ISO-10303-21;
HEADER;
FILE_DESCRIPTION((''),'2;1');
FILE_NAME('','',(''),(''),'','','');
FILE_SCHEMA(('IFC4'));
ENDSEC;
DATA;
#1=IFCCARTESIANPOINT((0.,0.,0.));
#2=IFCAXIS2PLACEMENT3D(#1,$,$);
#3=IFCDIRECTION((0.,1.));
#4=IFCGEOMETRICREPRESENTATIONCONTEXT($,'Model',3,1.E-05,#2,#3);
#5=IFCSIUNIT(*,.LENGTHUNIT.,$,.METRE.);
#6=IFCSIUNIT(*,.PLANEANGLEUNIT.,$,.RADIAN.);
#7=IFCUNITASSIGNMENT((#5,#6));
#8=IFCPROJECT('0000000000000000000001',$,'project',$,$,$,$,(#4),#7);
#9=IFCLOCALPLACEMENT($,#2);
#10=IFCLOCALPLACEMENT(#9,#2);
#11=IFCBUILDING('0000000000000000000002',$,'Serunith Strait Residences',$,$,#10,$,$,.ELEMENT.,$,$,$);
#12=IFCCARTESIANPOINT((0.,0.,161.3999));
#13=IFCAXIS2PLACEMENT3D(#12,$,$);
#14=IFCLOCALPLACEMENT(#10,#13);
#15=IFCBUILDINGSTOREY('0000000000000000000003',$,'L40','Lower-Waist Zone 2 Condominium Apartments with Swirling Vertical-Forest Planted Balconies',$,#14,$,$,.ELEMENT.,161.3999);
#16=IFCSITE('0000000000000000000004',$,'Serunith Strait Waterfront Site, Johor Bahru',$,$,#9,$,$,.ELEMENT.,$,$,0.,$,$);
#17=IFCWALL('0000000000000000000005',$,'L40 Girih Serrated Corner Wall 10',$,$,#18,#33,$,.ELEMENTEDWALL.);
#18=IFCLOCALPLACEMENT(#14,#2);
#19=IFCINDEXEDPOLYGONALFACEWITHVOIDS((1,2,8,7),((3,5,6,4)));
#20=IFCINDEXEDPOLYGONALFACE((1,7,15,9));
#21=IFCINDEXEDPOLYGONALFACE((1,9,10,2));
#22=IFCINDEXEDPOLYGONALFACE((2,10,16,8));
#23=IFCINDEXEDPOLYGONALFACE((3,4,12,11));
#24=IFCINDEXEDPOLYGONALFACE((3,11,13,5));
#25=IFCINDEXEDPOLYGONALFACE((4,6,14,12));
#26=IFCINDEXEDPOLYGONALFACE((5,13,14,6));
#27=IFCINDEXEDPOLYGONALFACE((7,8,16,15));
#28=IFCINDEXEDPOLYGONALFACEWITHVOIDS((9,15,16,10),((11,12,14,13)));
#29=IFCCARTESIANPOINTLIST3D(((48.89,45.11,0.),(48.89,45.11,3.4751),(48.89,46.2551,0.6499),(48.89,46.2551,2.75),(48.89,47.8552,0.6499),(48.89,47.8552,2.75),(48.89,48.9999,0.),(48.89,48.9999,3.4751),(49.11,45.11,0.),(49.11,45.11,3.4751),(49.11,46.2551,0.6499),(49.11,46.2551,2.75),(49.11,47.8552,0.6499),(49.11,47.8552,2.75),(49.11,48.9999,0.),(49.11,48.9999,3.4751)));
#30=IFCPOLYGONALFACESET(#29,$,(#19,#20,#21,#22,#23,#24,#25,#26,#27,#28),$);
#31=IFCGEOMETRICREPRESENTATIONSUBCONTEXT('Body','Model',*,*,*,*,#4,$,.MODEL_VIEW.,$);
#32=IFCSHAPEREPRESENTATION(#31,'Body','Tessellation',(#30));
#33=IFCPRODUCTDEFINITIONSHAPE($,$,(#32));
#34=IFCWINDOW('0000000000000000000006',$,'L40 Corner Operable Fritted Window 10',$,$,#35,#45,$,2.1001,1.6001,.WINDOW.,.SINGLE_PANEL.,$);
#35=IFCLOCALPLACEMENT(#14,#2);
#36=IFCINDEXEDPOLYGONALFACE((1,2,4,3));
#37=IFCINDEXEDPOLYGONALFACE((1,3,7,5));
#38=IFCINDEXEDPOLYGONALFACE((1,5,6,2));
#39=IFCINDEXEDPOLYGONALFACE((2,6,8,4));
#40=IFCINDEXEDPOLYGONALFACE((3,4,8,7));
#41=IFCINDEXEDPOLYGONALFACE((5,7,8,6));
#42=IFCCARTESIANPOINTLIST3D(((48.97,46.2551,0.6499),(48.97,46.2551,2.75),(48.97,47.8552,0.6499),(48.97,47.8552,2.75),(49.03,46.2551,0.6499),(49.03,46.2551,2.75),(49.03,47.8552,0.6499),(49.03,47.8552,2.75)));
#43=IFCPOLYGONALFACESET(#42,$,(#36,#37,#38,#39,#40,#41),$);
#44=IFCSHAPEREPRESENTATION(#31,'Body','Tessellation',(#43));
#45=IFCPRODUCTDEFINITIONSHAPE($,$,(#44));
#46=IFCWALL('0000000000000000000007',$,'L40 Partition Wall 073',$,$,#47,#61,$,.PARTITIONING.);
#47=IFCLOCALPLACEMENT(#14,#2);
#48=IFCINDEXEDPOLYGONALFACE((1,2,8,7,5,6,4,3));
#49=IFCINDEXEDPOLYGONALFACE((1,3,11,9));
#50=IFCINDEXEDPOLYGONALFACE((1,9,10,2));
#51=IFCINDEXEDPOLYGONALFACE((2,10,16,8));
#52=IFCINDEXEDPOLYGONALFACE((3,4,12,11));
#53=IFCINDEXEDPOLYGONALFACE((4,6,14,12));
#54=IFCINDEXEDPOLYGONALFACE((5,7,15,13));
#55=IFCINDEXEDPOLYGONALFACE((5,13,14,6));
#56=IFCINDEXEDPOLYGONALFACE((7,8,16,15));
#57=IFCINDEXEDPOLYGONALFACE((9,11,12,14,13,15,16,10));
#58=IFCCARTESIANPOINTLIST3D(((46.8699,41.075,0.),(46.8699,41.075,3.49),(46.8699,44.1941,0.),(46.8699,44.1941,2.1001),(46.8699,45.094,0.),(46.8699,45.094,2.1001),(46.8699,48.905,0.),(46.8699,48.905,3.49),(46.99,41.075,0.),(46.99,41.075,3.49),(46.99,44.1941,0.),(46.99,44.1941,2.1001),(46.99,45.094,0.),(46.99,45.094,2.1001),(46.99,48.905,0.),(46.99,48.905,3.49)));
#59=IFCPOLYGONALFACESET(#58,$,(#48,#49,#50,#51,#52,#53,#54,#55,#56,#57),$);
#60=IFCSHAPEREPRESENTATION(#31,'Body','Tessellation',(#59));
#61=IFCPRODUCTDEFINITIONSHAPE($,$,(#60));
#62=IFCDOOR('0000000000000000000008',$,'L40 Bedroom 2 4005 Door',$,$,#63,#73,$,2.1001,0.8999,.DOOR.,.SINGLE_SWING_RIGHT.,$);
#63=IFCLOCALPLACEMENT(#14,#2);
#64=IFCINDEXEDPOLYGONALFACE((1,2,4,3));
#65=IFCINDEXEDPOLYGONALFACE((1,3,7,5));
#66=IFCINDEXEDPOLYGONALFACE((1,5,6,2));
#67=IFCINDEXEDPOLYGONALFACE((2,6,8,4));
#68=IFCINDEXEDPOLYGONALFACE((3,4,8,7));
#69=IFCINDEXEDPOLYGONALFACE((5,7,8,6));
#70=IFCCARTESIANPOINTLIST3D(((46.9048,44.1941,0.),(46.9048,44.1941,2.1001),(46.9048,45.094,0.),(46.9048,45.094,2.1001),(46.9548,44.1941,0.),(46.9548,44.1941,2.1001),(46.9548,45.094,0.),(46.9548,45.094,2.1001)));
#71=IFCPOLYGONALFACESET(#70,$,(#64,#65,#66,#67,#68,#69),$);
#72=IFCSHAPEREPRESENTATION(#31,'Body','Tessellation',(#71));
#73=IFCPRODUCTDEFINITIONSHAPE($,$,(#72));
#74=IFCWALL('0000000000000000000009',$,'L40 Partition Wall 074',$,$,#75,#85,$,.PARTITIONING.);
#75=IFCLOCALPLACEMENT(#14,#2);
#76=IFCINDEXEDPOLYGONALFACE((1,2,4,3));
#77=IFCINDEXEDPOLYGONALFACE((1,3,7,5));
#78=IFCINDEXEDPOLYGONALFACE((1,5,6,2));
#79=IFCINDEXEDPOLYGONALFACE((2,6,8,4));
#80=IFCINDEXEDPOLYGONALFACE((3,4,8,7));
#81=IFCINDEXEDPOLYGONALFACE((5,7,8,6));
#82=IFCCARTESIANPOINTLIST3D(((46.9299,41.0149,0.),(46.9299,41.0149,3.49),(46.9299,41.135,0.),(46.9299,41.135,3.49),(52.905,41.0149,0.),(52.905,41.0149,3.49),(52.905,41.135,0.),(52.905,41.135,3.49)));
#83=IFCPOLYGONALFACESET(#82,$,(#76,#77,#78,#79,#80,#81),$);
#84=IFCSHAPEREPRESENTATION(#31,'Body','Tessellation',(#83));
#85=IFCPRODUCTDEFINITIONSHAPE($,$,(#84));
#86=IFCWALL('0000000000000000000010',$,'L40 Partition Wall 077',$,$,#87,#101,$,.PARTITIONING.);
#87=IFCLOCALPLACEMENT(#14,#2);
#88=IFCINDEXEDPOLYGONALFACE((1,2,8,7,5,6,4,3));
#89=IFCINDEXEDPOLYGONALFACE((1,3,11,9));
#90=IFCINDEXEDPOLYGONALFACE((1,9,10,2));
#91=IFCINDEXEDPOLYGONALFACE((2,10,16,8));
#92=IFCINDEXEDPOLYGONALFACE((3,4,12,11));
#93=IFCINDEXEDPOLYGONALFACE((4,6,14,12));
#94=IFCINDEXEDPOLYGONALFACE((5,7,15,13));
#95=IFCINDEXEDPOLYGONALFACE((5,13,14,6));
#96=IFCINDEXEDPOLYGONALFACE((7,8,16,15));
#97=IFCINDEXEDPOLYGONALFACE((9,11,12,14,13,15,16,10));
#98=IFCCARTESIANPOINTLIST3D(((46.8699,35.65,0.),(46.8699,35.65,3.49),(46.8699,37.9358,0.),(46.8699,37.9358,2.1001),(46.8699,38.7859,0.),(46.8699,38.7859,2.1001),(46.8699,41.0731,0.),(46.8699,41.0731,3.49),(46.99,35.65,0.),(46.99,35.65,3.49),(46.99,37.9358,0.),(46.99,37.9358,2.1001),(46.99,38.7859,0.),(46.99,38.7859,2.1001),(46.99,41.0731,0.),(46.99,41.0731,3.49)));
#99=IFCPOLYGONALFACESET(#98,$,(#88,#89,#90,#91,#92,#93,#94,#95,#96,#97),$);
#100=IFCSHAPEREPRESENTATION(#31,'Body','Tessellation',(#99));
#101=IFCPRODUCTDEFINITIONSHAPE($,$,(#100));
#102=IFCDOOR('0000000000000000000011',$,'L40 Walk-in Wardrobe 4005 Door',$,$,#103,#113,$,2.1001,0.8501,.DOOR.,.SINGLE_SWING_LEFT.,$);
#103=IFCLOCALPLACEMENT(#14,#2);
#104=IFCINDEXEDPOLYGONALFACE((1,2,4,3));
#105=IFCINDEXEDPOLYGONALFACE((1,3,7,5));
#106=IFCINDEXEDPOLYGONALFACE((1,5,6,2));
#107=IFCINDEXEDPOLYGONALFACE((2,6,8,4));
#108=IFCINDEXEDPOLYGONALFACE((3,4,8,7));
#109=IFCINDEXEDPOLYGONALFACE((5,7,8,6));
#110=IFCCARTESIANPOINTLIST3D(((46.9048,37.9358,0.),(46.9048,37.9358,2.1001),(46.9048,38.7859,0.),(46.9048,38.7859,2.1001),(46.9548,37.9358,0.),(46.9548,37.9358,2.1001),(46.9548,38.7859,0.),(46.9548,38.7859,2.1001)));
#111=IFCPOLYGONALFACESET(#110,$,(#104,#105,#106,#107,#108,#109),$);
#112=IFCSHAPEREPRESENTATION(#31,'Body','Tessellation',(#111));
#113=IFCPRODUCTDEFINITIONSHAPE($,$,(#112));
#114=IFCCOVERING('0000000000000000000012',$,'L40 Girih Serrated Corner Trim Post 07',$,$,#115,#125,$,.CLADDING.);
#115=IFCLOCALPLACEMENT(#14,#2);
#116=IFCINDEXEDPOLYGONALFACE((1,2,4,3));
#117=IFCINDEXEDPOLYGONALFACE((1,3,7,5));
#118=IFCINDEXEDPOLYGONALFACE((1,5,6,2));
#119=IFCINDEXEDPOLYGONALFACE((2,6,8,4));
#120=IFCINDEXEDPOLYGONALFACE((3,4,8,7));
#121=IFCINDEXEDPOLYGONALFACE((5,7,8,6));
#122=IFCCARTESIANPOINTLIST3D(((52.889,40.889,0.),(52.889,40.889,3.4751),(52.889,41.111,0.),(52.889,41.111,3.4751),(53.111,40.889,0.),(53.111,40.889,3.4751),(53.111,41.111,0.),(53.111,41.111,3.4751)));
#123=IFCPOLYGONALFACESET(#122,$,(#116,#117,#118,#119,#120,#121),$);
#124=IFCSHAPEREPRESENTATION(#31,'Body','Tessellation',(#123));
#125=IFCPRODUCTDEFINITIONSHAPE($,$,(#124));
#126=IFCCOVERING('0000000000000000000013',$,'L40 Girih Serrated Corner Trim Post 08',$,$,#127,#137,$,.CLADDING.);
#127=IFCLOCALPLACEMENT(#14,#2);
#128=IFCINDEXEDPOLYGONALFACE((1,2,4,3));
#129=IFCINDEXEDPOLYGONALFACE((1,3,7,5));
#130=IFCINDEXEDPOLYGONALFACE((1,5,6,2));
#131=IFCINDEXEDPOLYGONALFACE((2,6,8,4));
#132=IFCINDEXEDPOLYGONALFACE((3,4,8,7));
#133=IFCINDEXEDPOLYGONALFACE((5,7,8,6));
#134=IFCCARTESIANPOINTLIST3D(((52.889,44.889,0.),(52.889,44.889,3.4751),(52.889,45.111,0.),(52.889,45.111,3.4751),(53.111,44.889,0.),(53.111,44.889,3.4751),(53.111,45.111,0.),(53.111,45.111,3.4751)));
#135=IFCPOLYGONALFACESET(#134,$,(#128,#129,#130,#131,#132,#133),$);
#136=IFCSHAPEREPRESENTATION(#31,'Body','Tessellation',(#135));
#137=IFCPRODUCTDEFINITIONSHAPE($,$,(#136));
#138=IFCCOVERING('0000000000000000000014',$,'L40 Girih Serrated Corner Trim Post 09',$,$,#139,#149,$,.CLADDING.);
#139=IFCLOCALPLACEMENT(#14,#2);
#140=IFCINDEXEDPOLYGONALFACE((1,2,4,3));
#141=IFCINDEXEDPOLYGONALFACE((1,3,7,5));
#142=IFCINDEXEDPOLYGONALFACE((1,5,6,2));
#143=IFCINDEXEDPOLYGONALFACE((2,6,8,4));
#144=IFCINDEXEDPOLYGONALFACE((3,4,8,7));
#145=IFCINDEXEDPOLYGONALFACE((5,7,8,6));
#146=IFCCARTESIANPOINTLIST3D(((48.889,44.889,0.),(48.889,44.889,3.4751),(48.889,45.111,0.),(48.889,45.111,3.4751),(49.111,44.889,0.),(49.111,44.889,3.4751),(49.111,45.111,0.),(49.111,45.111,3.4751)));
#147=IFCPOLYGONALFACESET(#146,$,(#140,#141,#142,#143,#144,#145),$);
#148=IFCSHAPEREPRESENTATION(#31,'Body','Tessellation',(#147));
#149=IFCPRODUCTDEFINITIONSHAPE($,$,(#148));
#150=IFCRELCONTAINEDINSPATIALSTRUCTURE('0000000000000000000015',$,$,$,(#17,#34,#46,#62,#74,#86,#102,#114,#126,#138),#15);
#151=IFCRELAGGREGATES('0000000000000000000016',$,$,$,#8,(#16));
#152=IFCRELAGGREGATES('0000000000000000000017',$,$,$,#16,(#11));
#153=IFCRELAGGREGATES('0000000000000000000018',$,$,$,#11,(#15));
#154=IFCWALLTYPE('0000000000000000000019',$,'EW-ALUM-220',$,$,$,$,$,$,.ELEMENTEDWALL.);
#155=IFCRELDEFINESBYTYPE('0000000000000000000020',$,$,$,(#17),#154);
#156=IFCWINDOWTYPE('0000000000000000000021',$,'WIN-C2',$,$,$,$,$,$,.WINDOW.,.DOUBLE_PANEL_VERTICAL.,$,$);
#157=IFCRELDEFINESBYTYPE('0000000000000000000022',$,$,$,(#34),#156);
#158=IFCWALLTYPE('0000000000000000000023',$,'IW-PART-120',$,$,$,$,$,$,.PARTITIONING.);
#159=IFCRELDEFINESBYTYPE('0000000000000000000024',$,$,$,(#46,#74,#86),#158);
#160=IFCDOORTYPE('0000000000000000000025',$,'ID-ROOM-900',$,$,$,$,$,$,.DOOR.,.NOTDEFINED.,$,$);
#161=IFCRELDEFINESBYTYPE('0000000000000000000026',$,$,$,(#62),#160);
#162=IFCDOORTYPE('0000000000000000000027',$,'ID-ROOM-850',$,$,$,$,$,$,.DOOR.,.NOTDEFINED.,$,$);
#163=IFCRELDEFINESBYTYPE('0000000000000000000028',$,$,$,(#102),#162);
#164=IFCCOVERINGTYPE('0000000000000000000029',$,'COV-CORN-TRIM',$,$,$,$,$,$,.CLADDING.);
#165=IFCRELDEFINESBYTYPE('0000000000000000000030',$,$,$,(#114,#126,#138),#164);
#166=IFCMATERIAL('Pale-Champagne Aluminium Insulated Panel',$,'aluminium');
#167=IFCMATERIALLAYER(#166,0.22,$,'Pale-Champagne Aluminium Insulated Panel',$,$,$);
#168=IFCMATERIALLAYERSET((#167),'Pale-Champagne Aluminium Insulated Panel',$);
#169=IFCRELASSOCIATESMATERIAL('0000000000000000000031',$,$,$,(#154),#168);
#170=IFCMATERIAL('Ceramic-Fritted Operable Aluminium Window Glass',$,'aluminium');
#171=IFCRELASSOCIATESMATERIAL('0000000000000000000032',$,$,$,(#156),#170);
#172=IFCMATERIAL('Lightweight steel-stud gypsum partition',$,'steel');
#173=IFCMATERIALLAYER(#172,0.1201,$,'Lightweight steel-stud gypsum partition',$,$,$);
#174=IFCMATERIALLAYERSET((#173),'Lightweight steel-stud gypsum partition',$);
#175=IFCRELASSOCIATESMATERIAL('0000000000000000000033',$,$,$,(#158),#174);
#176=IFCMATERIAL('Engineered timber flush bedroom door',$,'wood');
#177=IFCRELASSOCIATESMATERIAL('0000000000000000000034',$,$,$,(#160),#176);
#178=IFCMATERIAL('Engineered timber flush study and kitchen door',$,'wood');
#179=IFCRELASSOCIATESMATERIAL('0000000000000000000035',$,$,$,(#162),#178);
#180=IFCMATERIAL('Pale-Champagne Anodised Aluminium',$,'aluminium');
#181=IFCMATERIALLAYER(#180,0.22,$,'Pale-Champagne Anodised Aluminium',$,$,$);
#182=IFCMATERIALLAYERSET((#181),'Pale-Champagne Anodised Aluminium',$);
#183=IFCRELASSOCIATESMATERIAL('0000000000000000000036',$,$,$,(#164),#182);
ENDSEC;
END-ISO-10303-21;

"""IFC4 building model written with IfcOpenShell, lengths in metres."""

from ifc_helpers import new_model, si_unit, direction, frame, frame_2d, origin, origin_2d, place, context, subcontext, project, spatial, rectangle, extrude, source, transform, mapped, material, layer, layer_set, type_object, element, fill, save


model = new_model("IFC4")

# Units and contexts
model_context = context("Model", 3, precision=1e-05, world=origin(), true_north=direction((0.0, 1.0)))
body_context = subcontext(model_context, "Body", "Model", "MODEL_VIEW")
ifc_project = project(units=[si_unit("LENGTHUNIT", "METRE"), si_unit("PLANEANGLEUNIT", "RADIAN")], contexts=[model_context])

# Site, building, storey
site_placement = place(None, origin())
site = spatial("IfcSite", under=ifc_project, at=site_placement, Name="Serunith Strait Waterfront Site, Johor Bahru", CompositionType="ELEMENT", RefElevation=0.0)
building_placement = place(site_placement, origin())
building = spatial("IfcBuilding", under=site, at=building_placement, Name="Serunith Strait Residences", CompositionType="ELEMENT")
storey_placement = place(building_placement, frame((0.0, 0.0, 161.3999)))
storey = spatial("IfcBuildingStorey", under=building, at=storey_placement, Name="L40", Description="Lower-Waist Zone 2 Condominium Apartments with Swirling Vertical-Forest Planted Balconies", CompositionType="ELEMENT", Elevation=161.3999)

# Shared definitions
ifc_material_1 = material(Name="Pale-Champagne Anodised Aluminium", Category="aluminium")

# Wall, opening, window
ifc_material_2 = material(Name="Pale-Champagne Aluminium Insulated Panel", Category="aluminium")
ifc_layer_1 = layer(ifc_material_2, 0.22, Name="Pale-Champagne Aluminium Insulated Panel")
ifc_layer_set_1 = layer_set([ifc_layer_1], Name="Pale-Champagne Aluminium Insulated Panel")
wall_type_1 = type_object("IfcWallType", Name="EW-ALUM-220", PredefinedType="ELEMENTEDWALL", material=ifc_layer_set_1)
ifc_material_3 = material(Name="Ceramic-Fritted Operable Aluminium Window Glass", Category="aluminium")
window_type = type_object("IfcWindowType", Name="WIN-C2", PartitioningType="DOUBLE_PANEL_VERTICAL", PredefinedType="WINDOW", material=ifc_material_3)
shared_shape_1 = source(origin(), body_context, "Body", "SweptSolid", [
    extrude(rectangle(XDim=1.6001, YDim=2.1001, at=frame_2d((0.8, 1.05))), frame((0.0, 0.03, 0.0), z_axis=(0.0, -1.0, 0.0), x_axis=(1.0, 0.0, 0.0)), (0.0, 0.0, 1.0), 0.0601),
])
wall_1_placement = place(storey_placement, frame((49.0, 45.1101, 0.0), z_axis=(0.0, 0.0, 1.0), x_axis=(0.0, 1.0, 0.0)))
wall_1 = element("IfcWall", 1, at=wall_1_placement, inside=storey, type_object=wall_type_1, Name="L40 Girih Serrated Corner Wall 10", PredefinedType="ELEMENTEDWALL", context=body_context, shape_type="SweptSolid", body=[
    extrude(rectangle(XDim=3.8899, YDim=0.22, at=frame_2d((1.9448, 0.0))), origin(), (0.0, 0.0, 1.0), 3.4751),
])
opening_1_placement = place(wall_1_placement, frame((1.145, 0.0, 0.6499)))
opening_1 = element("IfcOpeningElement", 2, at=opening_1_placement, cuts=wall_1, PredefinedType="OPENING", context=body_context, shape_type="SweptSolid", body=[
    extrude(rectangle(XDim=1.6001, YDim=2.1001, at=frame_2d((0.8, 1.05))), frame((0.0, 0.1201, 0.0), z_axis=(0.0, -1.0, 0.0), x_axis=(1.0, 0.0, 0.0)), (0.0, 0.0, 1.0), 0.24),
])
window_1_placement = place(opening_1_placement, origin())
window_1 = element("IfcWindow", 3, at=window_1_placement, inside=storey, type_object=window_type, Name="L40 Corner Operable Fritted Window 10", OverallHeight=2.1001, OverallWidth=1.6001, PartitioningType="SINGLE_PANEL", PredefinedType="WINDOW", context=body_context, shape_type="MappedRepresentation", body=[
    mapped(shared_shape_1, transform((0.0, 0.0, 0.0), scale=1.0)),
])
fill(opening_1, window_1)

# Wall, opening, door
ifc_material_4 = material(Name="Lightweight steel-stud gypsum partition", Category="steel")
ifc_layer_2 = layer(ifc_material_4, 0.1201, Name="Lightweight steel-stud gypsum partition")
ifc_layer_set_2 = layer_set([ifc_layer_2], Name="Lightweight steel-stud gypsum partition")
wall_type_2 = type_object("IfcWallType", Name="IW-PART-120", PredefinedType="PARTITIONING", material=ifc_layer_set_2)
wall_2_placement = place(storey_placement, frame((46.9299, 48.905, 0.0), z_axis=(0.0, 0.0, 1.0), x_axis=(0.0, -1.0, 0.0)))
wall_2 = element("IfcWall", 4, at=wall_2_placement, inside=storey, type_object=wall_type_2, Name="L40 Partition Wall 073", PredefinedType="PARTITIONING", context=body_context, shape_type="SweptSolid", body=[
    extrude(rectangle(XDim=7.8301, YDim=0.1201, at=frame_2d((3.915, 0.0))), origin(), (0.0, 0.0, 1.0), 3.49),
])
opening_2_placement = place(wall_2_placement, frame((3.811, 0.0, 0.0)))
opening_2 = element("IfcOpeningElement", 5, at=opening_2_placement, cuts=wall_2, PredefinedType="OPENING", context=body_context, shape_type="SweptSolid", body=[
    extrude(rectangle(XDim=0.8999, YDim=2.1001, at=frame_2d((0.45, 1.05))), frame((0.0, 0.0701, 0.0), z_axis=(0.0, -1.0, 0.0), x_axis=(1.0, 0.0, 0.0)), (0.0, 0.0, 1.0), 0.1401),
])
ifc_material_5 = material(Name="Engineered timber flush bedroom door", Category="wood")
door_type_1 = type_object("IfcDoorType", Name="ID-ROOM-900", OperationType="NOTDEFINED", PredefinedType="DOOR", material=ifc_material_5)
shared_shape_2 = source(origin(), body_context, "Body", "SweptSolid", [
    extrude(rectangle(XDim=0.8999, YDim=2.1001, at=frame_2d((0.45, 1.05))), frame((0.0, 0.0249, 0.0), z_axis=(0.0, -1.0, 0.0), x_axis=(1.0, 0.0, 0.0)), (0.0, 0.0, 1.0), 0.05),
])
door_1_placement = place(opening_2_placement, origin())
door_1 = element("IfcDoor", 6, at=door_1_placement, inside=storey, type_object=door_type_1, Name="L40 Bedroom 2 4005 Door", OperationType="SINGLE_SWING_RIGHT", OverallHeight=2.1001, OverallWidth=0.8999, PredefinedType="DOOR", context=body_context, shape_type="MappedRepresentation", body=[
    mapped(shared_shape_2, transform((0.0, 0.0, 0.0), scale=1.0)),
])
fill(opening_2, door_1)

# Wall
wall_3_placement = place(storey_placement, frame((46.9299, 41.075, 0.0), z_axis=(0.0, 0.0, 1.0), x_axis=(1.0, 0.0, 0.0)))
element("IfcWall", 7, at=wall_3_placement, inside=storey, type_object=wall_type_2, Name="L40 Partition Wall 074", PredefinedType="PARTITIONING", context=body_context, shape_type="SweptSolid", body=[
    extrude(rectangle(XDim=5.9751, YDim=0.1201, at=frame_2d((2.9875, 0.0))), origin(), (0.0, 0.0, 1.0), 3.49),
])

# Wall, opening, door
wall_4_placement = place(storey_placement, frame((46.9299, 41.073, 0.0), z_axis=(0.0, 0.0, 1.0), x_axis=(0.0, -1.0, 0.0)))
wall_4 = element("IfcWall", 8, at=wall_4_placement, inside=storey, type_object=wall_type_2, Name="L40 Partition Wall 077", PredefinedType="PARTITIONING", context=body_context, shape_type="SweptSolid", body=[
    extrude(rectangle(XDim=5.4231, YDim=0.1201, at=frame_2d((2.7114, 0.0))), origin(), (0.0, 0.0, 1.0), 3.49),
])
opening_3_placement = place(wall_4_placement, frame((2.2871, 0.0, 0.0)))
opening_3 = element("IfcOpeningElement", 9, at=opening_3_placement, cuts=wall_4, PredefinedType="OPENING", context=body_context, shape_type="SweptSolid", body=[
    extrude(rectangle(XDim=0.8501, YDim=2.1001, at=frame_2d((0.425, 1.05))), frame((0.0, 0.0701, 0.0), z_axis=(0.0, -1.0, 0.0), x_axis=(1.0, 0.0, 0.0)), (0.0, 0.0, 1.0), 0.1401),
])
ifc_material_6 = material(Name="Engineered timber flush study and kitchen door", Category="wood")
door_type_2 = type_object("IfcDoorType", Name="ID-ROOM-850", OperationType="NOTDEFINED", PredefinedType="DOOR", material=ifc_material_6)
shared_shape_3 = source(origin(), body_context, "Body", "SweptSolid", [
    extrude(rectangle(XDim=0.8501, YDim=2.1001, at=frame_2d((0.425, 1.05))), frame((0.0, 0.0249, 0.0), z_axis=(0.0, -1.0, 0.0), x_axis=(1.0, 0.0, 0.0)), (0.0, 0.0, 1.0), 0.05),
])
door_2_placement = place(opening_3_placement, origin())
door_2 = element("IfcDoor", 10, at=door_2_placement, inside=storey, type_object=door_type_2, Name="L40 Walk-in Wardrobe 4005 Door", OperationType="SINGLE_SWING_LEFT", OverallHeight=2.1001, OverallWidth=0.8501, PredefinedType="DOOR", context=body_context, shape_type="MappedRepresentation", body=[
    mapped(shared_shape_3, transform((0.0, 0.0, 0.0), scale=1.0)),
])
fill(opening_3, door_2)

# Coverings
ifc_layer_3 = layer(ifc_material_1, 0.22, Name="Pale-Champagne Anodised Aluminium")
ifc_layer_set_3 = layer_set([ifc_layer_3], Name="Pale-Champagne Anodised Aluminium")
covering_type = type_object("IfcCoveringType", Name="COV-CORN-TRIM", PredefinedType="CLADDING", material=ifc_layer_set_3)
shared_shape_4 = source(origin(), body_context, "Body", "SweptSolid", [
    extrude(rectangle(XDim=0.2219, YDim=0.2219, at=origin_2d()), origin(), (0.0, 0.0, 1.0), 3.4751),
])
for number, where, z_axis, x_axis, name in (
    (11, (53.0, 41.0, 0.0), (0.0, 0.0, 1.0), (1.0, 0.0, 0.0), "L40 Girih Serrated Corner Trim Post 07"),
    (12, (53.0, 45.0, 0.0), (0.0, 0.0, 1.0), (1.0, 0.0, 0.0), "L40 Girih Serrated Corner Trim Post 08"),
    (13, (49.0, 45.0, 0.0), (0.0, 0.0, 1.0), (1.0, 0.0, 0.0), "L40 Girih Serrated Corner Trim Post 09"),
):
    element("IfcCovering", number, at=place(storey_placement, frame(where, z_axis=z_axis, x_axis=x_axis)), inside=storey, type_object=covering_type, Name=name, PredefinedType="CLADDING", context=body_context, shape_type="MappedRepresentation", body=[
        mapped(shared_shape_4, transform((0.0, 0.0, 0.0), scale=1.0)),
    ])

save(model, "model.ifc")
